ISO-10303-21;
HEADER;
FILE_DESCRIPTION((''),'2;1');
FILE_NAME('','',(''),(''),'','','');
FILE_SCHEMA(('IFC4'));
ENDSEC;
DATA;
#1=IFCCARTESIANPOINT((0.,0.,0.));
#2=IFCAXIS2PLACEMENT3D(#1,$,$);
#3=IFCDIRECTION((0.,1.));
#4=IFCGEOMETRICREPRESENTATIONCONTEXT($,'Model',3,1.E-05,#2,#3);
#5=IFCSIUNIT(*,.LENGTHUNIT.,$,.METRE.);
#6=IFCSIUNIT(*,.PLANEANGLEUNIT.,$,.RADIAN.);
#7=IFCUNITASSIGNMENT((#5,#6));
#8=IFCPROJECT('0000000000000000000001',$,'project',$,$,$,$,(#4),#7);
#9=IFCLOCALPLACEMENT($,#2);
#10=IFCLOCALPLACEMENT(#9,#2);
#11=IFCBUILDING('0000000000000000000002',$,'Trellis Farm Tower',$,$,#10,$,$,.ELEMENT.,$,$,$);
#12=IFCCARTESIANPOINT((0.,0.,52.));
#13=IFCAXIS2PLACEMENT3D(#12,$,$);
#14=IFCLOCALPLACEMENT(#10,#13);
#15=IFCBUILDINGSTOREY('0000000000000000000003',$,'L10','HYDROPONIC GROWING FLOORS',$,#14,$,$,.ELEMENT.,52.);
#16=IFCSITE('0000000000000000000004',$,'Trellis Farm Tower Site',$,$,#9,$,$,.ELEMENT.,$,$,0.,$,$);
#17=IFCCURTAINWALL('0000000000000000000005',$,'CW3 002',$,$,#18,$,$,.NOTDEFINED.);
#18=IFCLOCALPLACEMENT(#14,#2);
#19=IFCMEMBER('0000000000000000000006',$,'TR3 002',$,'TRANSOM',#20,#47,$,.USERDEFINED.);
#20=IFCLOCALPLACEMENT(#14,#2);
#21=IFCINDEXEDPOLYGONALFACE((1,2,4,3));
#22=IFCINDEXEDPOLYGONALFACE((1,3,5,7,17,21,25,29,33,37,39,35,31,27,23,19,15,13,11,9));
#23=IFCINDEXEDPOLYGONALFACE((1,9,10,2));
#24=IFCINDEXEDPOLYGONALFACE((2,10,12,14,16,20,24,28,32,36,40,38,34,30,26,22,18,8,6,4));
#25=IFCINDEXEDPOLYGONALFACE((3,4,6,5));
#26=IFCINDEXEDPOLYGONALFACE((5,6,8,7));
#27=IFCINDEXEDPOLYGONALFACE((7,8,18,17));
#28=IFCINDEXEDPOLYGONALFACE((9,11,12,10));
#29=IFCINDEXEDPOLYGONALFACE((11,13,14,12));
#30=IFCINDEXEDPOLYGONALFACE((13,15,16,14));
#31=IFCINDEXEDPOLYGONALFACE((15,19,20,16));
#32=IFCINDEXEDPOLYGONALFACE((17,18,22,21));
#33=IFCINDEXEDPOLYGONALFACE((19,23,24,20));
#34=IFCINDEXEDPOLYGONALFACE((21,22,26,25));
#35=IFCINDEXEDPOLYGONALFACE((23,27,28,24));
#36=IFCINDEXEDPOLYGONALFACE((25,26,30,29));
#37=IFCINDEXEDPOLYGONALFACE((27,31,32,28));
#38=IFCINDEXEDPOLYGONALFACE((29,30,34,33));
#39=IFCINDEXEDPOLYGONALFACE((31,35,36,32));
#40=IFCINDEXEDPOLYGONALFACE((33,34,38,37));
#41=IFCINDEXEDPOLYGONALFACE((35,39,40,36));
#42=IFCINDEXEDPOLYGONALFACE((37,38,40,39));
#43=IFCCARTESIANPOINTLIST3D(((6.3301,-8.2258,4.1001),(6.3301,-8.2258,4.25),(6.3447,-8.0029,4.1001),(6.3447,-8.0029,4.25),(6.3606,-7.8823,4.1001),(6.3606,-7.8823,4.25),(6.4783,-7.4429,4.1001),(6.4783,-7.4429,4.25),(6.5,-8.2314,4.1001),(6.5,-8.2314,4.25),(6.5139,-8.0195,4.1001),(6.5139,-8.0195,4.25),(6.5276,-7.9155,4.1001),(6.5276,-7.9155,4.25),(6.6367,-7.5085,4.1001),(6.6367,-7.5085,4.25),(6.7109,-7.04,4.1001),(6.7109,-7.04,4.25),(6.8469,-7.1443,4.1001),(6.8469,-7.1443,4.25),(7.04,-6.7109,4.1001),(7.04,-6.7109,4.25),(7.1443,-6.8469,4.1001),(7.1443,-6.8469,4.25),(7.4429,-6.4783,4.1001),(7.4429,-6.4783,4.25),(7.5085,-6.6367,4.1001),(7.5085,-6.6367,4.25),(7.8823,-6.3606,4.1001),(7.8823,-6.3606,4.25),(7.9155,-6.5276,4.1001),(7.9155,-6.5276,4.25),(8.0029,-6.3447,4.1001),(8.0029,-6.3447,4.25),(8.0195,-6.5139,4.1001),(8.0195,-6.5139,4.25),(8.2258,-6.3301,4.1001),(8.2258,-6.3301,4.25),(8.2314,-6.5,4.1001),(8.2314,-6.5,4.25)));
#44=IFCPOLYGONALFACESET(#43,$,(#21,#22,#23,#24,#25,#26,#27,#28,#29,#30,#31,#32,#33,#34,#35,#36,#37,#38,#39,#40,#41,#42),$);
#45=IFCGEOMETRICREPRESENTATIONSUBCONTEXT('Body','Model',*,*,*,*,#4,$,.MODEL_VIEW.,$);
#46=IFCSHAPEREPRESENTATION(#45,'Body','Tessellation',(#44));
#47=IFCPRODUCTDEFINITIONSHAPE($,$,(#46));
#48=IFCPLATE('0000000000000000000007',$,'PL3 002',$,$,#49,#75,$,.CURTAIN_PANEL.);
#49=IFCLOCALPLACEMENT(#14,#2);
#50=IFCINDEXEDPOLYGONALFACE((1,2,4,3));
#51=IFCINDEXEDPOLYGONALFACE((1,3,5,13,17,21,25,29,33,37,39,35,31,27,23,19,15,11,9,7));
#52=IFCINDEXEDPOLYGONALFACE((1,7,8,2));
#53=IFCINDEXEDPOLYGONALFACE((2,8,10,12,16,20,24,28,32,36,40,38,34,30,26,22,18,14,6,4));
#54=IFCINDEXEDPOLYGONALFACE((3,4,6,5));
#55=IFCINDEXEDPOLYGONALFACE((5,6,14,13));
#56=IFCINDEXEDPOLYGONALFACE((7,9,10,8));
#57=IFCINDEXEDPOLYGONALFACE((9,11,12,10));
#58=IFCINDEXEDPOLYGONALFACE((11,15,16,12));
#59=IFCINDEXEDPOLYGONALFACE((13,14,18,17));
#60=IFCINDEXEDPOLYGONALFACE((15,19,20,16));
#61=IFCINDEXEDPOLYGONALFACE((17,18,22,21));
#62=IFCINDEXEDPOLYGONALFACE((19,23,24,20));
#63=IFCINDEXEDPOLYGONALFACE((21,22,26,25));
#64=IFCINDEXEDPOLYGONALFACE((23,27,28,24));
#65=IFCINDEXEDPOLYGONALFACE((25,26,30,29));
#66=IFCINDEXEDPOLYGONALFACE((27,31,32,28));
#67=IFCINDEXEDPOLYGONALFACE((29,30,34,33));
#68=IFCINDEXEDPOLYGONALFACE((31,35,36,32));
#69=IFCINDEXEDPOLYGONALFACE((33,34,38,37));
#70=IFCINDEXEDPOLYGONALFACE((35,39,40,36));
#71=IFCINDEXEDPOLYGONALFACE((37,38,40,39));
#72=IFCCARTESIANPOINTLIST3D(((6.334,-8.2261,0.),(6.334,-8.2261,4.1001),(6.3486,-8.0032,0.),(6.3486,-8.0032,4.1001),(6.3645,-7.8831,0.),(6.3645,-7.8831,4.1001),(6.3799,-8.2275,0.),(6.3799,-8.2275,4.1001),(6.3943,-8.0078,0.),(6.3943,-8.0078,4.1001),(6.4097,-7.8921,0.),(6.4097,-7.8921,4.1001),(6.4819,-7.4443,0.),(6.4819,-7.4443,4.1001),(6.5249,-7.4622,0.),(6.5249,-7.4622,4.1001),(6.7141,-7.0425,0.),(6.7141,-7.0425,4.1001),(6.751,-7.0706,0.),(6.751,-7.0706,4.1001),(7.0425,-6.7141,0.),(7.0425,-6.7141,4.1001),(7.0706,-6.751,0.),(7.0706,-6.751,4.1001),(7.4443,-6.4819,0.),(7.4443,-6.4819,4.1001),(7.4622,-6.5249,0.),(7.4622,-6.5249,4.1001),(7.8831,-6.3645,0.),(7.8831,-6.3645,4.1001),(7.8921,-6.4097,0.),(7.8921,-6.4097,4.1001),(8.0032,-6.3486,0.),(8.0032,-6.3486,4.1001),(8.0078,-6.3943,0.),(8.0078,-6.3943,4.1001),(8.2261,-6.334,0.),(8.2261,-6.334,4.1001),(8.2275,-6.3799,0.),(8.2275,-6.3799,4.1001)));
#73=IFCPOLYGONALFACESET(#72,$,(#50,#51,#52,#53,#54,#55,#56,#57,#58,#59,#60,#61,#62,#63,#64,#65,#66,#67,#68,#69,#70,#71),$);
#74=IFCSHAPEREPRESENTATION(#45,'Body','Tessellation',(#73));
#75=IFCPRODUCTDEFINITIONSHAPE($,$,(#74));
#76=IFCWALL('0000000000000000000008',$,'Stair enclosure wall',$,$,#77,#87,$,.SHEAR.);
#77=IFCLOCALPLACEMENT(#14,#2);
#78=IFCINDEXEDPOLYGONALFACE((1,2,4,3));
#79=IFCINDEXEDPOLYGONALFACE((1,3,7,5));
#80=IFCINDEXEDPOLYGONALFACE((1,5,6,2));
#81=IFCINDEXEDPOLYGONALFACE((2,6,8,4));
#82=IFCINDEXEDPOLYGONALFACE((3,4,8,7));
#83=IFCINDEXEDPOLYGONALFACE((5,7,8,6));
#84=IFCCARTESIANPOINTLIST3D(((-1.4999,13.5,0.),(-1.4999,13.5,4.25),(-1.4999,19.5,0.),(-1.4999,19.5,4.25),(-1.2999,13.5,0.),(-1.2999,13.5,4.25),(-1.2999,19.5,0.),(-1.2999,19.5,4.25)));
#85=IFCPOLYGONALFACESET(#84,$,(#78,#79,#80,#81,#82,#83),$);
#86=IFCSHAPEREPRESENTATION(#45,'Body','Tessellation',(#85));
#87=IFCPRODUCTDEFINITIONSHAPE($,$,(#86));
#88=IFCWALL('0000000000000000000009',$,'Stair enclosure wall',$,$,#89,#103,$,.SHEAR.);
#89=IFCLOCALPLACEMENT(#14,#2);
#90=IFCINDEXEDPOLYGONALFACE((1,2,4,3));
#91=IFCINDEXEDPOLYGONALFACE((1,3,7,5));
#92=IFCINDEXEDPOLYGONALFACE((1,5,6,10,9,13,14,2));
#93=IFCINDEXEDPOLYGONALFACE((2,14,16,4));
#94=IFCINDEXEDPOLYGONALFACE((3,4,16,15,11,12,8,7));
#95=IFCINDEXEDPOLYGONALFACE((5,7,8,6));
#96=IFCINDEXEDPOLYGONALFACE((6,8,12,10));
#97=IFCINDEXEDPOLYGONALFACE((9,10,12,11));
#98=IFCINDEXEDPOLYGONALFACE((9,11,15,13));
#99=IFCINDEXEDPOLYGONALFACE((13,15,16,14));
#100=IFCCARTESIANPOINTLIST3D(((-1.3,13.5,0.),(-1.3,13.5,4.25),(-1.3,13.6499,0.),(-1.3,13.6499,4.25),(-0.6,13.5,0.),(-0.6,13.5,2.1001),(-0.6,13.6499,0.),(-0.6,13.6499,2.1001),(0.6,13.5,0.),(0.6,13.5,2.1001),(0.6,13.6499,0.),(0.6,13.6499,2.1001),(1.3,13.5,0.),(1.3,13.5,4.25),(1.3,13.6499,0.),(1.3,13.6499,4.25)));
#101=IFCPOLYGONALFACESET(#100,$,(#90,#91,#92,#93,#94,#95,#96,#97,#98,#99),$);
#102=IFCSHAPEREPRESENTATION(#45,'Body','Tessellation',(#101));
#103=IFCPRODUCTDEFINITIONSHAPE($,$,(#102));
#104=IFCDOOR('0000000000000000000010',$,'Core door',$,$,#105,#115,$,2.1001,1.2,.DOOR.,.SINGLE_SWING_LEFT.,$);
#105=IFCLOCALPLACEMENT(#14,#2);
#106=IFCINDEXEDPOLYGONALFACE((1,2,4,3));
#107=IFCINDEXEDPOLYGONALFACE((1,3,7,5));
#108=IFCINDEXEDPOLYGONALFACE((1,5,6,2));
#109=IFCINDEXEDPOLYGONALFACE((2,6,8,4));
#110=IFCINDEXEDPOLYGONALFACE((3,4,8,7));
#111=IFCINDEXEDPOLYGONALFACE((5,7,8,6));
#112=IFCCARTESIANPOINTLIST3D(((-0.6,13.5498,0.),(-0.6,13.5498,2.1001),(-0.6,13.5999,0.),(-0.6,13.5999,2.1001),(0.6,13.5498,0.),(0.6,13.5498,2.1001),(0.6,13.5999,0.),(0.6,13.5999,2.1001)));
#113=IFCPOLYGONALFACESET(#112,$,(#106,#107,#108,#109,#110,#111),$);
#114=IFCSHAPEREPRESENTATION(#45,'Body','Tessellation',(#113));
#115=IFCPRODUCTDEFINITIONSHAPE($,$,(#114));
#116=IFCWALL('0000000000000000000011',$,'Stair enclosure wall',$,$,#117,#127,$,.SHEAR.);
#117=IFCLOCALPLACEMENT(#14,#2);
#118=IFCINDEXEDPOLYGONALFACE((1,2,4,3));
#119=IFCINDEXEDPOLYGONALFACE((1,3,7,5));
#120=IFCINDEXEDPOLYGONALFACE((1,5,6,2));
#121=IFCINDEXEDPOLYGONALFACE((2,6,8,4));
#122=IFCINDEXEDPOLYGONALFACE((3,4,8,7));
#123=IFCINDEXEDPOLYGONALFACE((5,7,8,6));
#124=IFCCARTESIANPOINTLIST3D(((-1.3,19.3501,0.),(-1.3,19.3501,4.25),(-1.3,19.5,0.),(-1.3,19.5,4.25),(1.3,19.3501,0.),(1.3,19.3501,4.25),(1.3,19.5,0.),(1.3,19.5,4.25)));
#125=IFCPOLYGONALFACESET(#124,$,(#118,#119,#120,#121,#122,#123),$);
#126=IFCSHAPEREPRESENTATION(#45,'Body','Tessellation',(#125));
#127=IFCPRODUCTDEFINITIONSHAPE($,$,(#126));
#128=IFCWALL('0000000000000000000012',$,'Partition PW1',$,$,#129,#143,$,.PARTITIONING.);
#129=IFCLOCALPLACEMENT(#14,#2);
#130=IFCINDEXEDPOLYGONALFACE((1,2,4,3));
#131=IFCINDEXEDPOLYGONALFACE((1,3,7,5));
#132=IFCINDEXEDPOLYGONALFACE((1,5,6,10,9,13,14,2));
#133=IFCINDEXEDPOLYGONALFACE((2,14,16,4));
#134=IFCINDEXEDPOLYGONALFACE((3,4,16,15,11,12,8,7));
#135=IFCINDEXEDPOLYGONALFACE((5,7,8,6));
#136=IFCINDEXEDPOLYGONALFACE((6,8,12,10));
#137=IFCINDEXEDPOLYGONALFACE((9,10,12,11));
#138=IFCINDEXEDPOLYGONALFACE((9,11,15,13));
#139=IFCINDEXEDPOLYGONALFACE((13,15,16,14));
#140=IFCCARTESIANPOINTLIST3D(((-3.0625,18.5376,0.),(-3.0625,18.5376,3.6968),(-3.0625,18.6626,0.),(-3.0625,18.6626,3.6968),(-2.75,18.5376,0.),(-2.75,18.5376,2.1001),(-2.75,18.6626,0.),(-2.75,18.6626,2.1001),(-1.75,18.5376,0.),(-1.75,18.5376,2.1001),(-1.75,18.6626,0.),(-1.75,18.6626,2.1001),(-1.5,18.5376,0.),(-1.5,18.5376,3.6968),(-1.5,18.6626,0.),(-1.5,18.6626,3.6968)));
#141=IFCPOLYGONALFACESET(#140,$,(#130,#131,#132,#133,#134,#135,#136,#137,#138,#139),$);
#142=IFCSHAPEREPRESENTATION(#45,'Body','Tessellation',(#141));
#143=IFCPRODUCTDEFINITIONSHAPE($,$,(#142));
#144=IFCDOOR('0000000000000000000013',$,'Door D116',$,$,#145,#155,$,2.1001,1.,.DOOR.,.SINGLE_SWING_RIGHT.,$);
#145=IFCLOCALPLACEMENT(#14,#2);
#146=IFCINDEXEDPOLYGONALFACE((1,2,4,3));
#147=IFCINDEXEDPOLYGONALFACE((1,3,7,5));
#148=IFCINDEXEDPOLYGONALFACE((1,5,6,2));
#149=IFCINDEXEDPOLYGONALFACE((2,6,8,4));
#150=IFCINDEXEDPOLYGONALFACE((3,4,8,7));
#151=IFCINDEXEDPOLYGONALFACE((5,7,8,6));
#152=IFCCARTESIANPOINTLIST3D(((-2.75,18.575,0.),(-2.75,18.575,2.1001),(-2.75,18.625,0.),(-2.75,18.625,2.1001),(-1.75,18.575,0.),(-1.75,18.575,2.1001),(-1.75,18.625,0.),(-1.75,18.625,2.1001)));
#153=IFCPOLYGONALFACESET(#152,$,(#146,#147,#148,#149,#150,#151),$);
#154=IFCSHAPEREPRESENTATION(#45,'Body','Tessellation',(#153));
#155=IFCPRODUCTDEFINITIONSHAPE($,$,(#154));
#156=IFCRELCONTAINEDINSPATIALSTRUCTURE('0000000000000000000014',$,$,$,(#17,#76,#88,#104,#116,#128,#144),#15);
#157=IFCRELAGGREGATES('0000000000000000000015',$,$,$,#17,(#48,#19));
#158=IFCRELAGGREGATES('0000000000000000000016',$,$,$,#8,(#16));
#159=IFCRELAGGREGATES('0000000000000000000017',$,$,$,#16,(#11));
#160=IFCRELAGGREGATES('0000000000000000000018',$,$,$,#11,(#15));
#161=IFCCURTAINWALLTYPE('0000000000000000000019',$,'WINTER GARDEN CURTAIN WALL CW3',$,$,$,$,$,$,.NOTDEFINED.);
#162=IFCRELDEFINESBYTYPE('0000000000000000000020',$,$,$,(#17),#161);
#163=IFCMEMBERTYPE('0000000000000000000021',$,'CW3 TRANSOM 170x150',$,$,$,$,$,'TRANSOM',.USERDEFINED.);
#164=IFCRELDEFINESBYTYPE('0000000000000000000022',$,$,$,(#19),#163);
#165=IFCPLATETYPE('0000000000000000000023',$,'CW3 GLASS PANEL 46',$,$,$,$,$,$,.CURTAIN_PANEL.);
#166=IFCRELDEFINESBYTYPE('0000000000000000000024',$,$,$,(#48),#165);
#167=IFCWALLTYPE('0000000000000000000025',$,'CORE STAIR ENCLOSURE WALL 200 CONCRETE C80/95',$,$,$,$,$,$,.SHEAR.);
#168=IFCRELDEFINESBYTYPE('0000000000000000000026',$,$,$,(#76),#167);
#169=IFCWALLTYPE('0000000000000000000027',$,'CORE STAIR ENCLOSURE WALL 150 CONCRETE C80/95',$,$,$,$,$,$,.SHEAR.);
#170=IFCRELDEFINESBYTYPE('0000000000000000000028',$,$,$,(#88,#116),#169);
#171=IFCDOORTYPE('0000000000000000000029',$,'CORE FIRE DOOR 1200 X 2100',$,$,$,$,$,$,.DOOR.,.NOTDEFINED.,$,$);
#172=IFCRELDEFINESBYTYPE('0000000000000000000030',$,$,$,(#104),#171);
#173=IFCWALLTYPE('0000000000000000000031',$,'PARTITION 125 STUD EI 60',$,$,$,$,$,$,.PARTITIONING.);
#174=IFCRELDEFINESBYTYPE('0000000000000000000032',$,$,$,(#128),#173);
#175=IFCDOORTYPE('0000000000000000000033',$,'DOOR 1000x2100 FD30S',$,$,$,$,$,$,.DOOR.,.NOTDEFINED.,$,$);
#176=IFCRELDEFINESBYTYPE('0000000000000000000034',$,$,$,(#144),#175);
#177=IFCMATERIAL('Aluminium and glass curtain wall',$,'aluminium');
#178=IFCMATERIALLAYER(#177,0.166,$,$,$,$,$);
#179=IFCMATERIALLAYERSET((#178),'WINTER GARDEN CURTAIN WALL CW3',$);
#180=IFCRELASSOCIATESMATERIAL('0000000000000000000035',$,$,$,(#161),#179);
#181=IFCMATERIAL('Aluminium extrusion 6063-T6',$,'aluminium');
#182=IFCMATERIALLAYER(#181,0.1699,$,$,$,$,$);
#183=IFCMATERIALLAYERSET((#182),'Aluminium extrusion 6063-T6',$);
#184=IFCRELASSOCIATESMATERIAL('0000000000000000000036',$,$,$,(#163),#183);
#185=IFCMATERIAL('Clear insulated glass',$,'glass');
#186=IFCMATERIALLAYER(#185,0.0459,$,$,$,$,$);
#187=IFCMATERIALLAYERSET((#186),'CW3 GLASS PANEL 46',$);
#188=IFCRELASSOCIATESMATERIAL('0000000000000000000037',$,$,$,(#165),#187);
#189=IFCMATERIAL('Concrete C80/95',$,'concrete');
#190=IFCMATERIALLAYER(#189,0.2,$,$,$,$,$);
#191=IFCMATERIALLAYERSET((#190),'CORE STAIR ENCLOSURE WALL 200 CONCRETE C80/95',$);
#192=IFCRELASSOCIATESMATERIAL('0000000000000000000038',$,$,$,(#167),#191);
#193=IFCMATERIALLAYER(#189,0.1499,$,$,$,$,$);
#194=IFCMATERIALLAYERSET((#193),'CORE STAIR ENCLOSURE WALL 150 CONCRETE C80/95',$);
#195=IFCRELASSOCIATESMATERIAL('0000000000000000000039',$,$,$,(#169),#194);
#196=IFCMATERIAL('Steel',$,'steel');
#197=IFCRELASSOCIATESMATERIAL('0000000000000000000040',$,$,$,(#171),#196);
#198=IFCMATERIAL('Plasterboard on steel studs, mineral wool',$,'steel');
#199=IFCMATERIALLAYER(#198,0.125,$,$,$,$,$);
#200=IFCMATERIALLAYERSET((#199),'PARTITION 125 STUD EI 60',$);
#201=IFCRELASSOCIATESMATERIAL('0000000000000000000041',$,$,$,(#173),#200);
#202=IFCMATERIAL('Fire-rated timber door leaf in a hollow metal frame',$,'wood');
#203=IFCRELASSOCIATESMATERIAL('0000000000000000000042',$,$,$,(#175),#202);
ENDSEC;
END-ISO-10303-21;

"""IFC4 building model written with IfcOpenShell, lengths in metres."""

from ifc_helpers import new_model, si_unit, direction, frame, frame_2d, origin, place, context, subcontext, project, spatial, polyline, rectangle, outline, extrude, source, transform, mapped, material, layer, layer_set, type_object, element, fill, aggregate, save


model = new_model("IFC4")

# Units and contexts
model_context = context("Model", 3, precision=1e-05, world=origin(), true_north=direction((0.0, 1.0)))
body_context = subcontext(model_context, "Body", "Model", "MODEL_VIEW")
ifc_project = project(units=[si_unit("LENGTHUNIT", "METRE"), si_unit("PLANEANGLEUNIT", "RADIAN")], contexts=[model_context])

# Site, building, storey
site_placement = place(None, origin())
site = spatial("IfcSite", under=ifc_project, at=site_placement, Name="Trellis Farm Tower Site", CompositionType="ELEMENT", RefElevation=0.0)
building_placement = place(site_placement, origin())
building = spatial("IfcBuilding", under=site, at=building_placement, Name="Trellis Farm Tower", CompositionType="ELEMENT")
storey_placement = place(building_placement, frame((0.0, 0.0, 52.0)))
storey = spatial("IfcBuildingStorey", under=building, at=storey_placement, Name="L10", Description="HYDROPONIC GROWING FLOORS", CompositionType="ELEMENT", Elevation=52.0)

# Shared definitions
ifc_material_1 = material(Name="Concrete C80/95", Category="concrete")

# Shared definitions
ifc_material_2 = material(Name="Aluminium and glass curtain wall", Category="aluminium")
placement = place(storey_placement, origin())
ifc_material_3 = material(Name="Aluminium extrusion 6063-T6", Category="aluminium")

# Curtain wall, member, plate
ifc_layer_1 = layer(ifc_material_2, 0.166)
ifc_layer_set_1 = layer_set([ifc_layer_1], Name="WINTER GARDEN CURTAIN WALL CW3")
curtain_wall_type_1 = type_object("IfcCurtainWallType", Name="WINTER GARDEN CURTAIN WALL CW3", PredefinedType="NOTDEFINED", material=ifc_layer_set_1)
curtain_wall_1 = element("IfcCurtainWall", 1, at=placement, inside=storey, type_object=curtain_wall_type_1, Name="CW3 002", PredefinedType="NOTDEFINED")
ifc_layer_2 = layer(ifc_material_3, 0.1699)
ifc_layer_set_2 = layer_set([ifc_layer_2], Name="Aluminium extrusion 6063-T6")
member_type_1 = type_object("IfcMemberType", Name="CW3 TRANSOM 170x150", ElementType="TRANSOM", PredefinedType="USERDEFINED", material=ifc_layer_set_2)
shared_shape_1 = source(origin(), body_context, "Body", "SweptSolid", [
    extrude(outline(polyline([(6.5, -8.2314), (6.5139, -8.0195), (6.5276, -7.9155), (6.6367, -7.5085), (6.8469, -7.1443), (7.1443, -6.8469), (7.5085, -6.6367), (7.9155, -6.5276), (8.0195, -6.5139), (8.2314, -6.5), (8.2258, -6.3301), (8.0029, -6.3447), (7.8823, -6.3606), (7.4429, -6.4783), (7.04, -6.7109), (6.7109, -7.04), (6.4783, -7.4429), (6.3606, -7.8823), (6.3447, -8.0029), (6.3301, -8.2258), (6.5, -8.2314)])), origin(), (0.0, 0.0, 1.0), 0.1499),
])
member_1_placement = place(storey_placement, frame((0.0, 0.0, 4.1001)))
member_1 = element("IfcMember", 2, at=member_1_placement, type_object=member_type_1, Name="TR3 002", ObjectType="TRANSOM", PredefinedType="USERDEFINED", context=body_context, shape_type="MappedRepresentation", body=[
    mapped(shared_shape_1, transform((0.0, 0.0, 0.0))),
])
ifc_material_4 = material(Name="Clear insulated glass", Category="glass")
ifc_layer_3 = layer(ifc_material_4, 0.0459)
ifc_layer_set_3 = layer_set([ifc_layer_3], Name="CW3 GLASS PANEL 46")
plate_type = type_object("IfcPlateType", Name="CW3 GLASS PANEL 46", PredefinedType="CURTAIN_PANEL", material=ifc_layer_set_3)
shared_shape_2 = source(origin(), body_context, "Body", "SweptSolid", [
    extrude(outline(polyline([(6.3799, -8.2275), (6.3943, -8.0078), (6.4097, -7.8921), (6.5249, -7.4622), (6.751, -7.0706), (7.0706, -6.751), (7.4622, -6.5249), (7.8921, -6.4097), (8.0078, -6.3943), (8.2275, -6.3799), (8.2261, -6.334), (8.0032, -6.3486), (7.8831, -6.3645), (7.4443, -6.4819), (7.0425, -6.7141), (6.7141, -7.0425), (6.4819, -7.4443), (6.3645, -7.8831), (6.3486, -8.0032), (6.334, -8.2261), (6.3799, -8.2275)])), origin(), (0.0, 0.0, 1.0), 4.1001),
])
plate = element("IfcPlate", 3, at=placement, type_object=plate_type, Name="PL3 002", PredefinedType="CURTAIN_PANEL", context=body_context, shape_type="MappedRepresentation", body=[
    mapped(shared_shape_2, transform((0.0, 0.0, 0.0))),
])
aggregate(curtain_wall_1, [plate, member_1])

# Wall
ifc_layer_4 = layer(ifc_material_1, 0.2)
ifc_layer_set_4 = layer_set([ifc_layer_4], Name="CORE STAIR ENCLOSURE WALL 200 CONCRETE C80/95")
wall_type_1 = type_object("IfcWallType", Name="CORE STAIR ENCLOSURE WALL 200 CONCRETE C80/95", PredefinedType="SHEAR", material=ifc_layer_set_4)
shared_shape_3 = source(origin(), body_context, "Body", "SweptSolid", [
    extrude(rectangle(XDim=6.0, YDim=0.2, at=frame_2d((3.0, 0.0))), origin(), (0.0, 0.0, 1.0), 4.25),
])
wall_1_placement = place(storey_placement, frame((-1.3999, 13.5, 0.0), z_axis=(0.0, 0.0, 1.0), x_axis=(0.0, 1.0, 0.0)))
element("IfcWall", 4, at=wall_1_placement, inside=storey, type_object=wall_type_1, Name="Stair enclosure wall", PredefinedType="SHEAR", context=body_context, shape_type="MappedRepresentation", body=[
    mapped(shared_shape_3, transform((0.0, 0.0, 0.0))),
])

# Wall, opening, door
ifc_layer_5 = layer(ifc_material_1, 0.1499)
ifc_layer_set_5 = layer_set([ifc_layer_5], Name="CORE STAIR ENCLOSURE WALL 150 CONCRETE C80/95")
wall_type_2 = type_object("IfcWallType", Name="CORE STAIR ENCLOSURE WALL 150 CONCRETE C80/95", PredefinedType="SHEAR", material=ifc_layer_set_5)
shared_shape_4 = source(origin(), body_context, "Body", "SweptSolid", [
    extrude(rectangle(XDim=2.6001, YDim=0.1499, at=frame_2d((1.3, 0.0))), origin(), (0.0, 0.0, 1.0), 4.25),
])
wall_2_placement = place(storey_placement, frame((-1.3, 13.575, 0.0), z_axis=(0.0, 0.0, 1.0), x_axis=(1.0, 0.0, 0.0)))
wall_2 = element("IfcWall", 5, at=wall_2_placement, inside=storey, type_object=wall_type_2, Name="Stair enclosure wall", PredefinedType="SHEAR", context=body_context, shape_type="MappedRepresentation", body=[
    mapped(shared_shape_4, transform((0.0, 0.0, 0.0))),
])
shared_shape_5 = source(origin(), body_context, "Body", "SweptSolid", [
    extrude(rectangle(XDim=1.2, YDim=2.1001, at=frame_2d((0.6001, 1.05))), frame((0.0, 0.085, 0.0), z_axis=(0.0, -1.0, 0.0), x_axis=(1.0, 0.0, 0.0)), (0.0, 0.0, 1.0), 0.1699),
])
opening_1_placement = place(wall_2_placement, frame((0.7, 0.0, 0.0)))
opening_1 = element("IfcOpeningElement", 6, at=opening_1_placement, cuts=wall_2, PredefinedType="OPENING", context=body_context, shape_type="MappedRepresentation", body=[
    mapped(shared_shape_5, transform((0.0, 0.0, 0.0))),
])
ifc_material_5 = material(Name="Steel", Category="steel")
door_type_1 = type_object("IfcDoorType", Name="CORE FIRE DOOR 1200 X 2100", OperationType="NOTDEFINED", PredefinedType="DOOR", material=ifc_material_5)
shared_shape_6 = source(origin(), body_context, "Body", "SweptSolid", [
    extrude(rectangle(XDim=1.2, YDim=2.1001, at=frame_2d((0.6001, 1.05))), frame((0.0, 0.0249, 0.0), z_axis=(0.0, -1.0, 0.0), x_axis=(1.0, 0.0, 0.0)), (0.0, 0.0, 1.0), 0.05),
])
door_1_placement = place(opening_1_placement, origin())
door_1 = element("IfcDoor", 7, at=door_1_placement, inside=storey, type_object=door_type_1, Name="Core door", OperationType="SINGLE_SWING_LEFT", OverallHeight=2.1001, OverallWidth=1.2, PredefinedType="DOOR", context=body_context, shape_type="MappedRepresentation", body=[
    mapped(shared_shape_6, transform((0.0, 0.0, 0.0))),
])
fill(opening_1, door_1)

# Wall
wall_3_placement = place(storey_placement, frame((-1.3, 19.425, 0.0), z_axis=(0.0, 0.0, 1.0), x_axis=(1.0, 0.0, 0.0)))
element("IfcWall", 8, at=wall_3_placement, inside=storey, type_object=wall_type_2, Name="Stair enclosure wall", PredefinedType="SHEAR", context=body_context, shape_type="MappedRepresentation", body=[
    mapped(shared_shape_4, transform((0.0, 0.0, 0.0))),
])

# Wall, opening, door
ifc_material_6 = material(Name="Plasterboard on steel studs, mineral wool", Category="steel")
ifc_layer_6 = layer(ifc_material_6, 0.125)
ifc_layer_set_6 = layer_set([ifc_layer_6], Name="PARTITION 125 STUD EI 60")
wall_type_3 = type_object("IfcWallType", Name="PARTITION 125 STUD EI 60", PredefinedType="PARTITIONING", material=ifc_layer_set_6)
shared_shape_7 = source(origin(), body_context, "Body", "SweptSolid", [
    extrude(rectangle(XDim=1.5625, YDim=0.125, at=frame_2d((0.7812, 0.0))), origin(), (0.0, 0.0, 1.0), 3.6968),
])
wall_4_placement = place(storey_placement, frame((-3.0625, 18.6001, 0.0), z_axis=(0.0, 0.0, 1.0), x_axis=(1.0, 0.0, 0.0)))
wall_4 = element("IfcWall", 9, at=wall_4_placement, inside=storey, type_object=wall_type_3, Name="Partition PW1", PredefinedType="PARTITIONING", context=body_context, shape_type="MappedRepresentation", body=[
    mapped(shared_shape_7, transform((0.0, 0.0, 0.0))),
])
shared_shape_8 = source(origin(), body_context, "Body", "SweptSolid", [
    extrude(rectangle(XDim=1.0, YDim=2.1001, at=frame_2d((0.5, 1.05))), frame((0.0, 0.0725, 0.0), z_axis=(0.0, -1.0, 0.0), x_axis=(1.0, 0.0, 0.0)), (0.0, 0.0, 1.0), 0.145),
])
opening_2_placement = place(wall_4_placement, frame((0.3125, 0.0, 0.0)))
opening_2 = element("IfcOpeningElement", 10, at=opening_2_placement, cuts=wall_4, PredefinedType="OPENING", context=body_context, shape_type="MappedRepresentation", body=[
    mapped(shared_shape_8, transform((0.0, 0.0, 0.0))),
])
ifc_material_7 = material(Name="Fire-rated timber door leaf in a hollow metal frame", Category="wood")
door_type_2 = type_object("IfcDoorType", Name="DOOR 1000x2100 FD30S", OperationType="NOTDEFINED", PredefinedType="DOOR", material=ifc_material_7)
shared_shape_9 = source(origin(), body_context, "Body", "SweptSolid", [
    extrude(rectangle(XDim=1.0, YDim=2.1001, at=frame_2d((0.5, 1.05))), frame((0.0, 0.0249, 0.0), z_axis=(0.0, -1.0, 0.0), x_axis=(1.0, 0.0, 0.0)), (0.0, 0.0, 1.0), 0.05),
])
door_2_placement = place(opening_2_placement, origin())
door_2 = element("IfcDoor", 11, at=door_2_placement, inside=storey, type_object=door_type_2, Name="Door D116", OperationType="SINGLE_SWING_RIGHT", OverallHeight=2.1001, OverallWidth=1.0, PredefinedType="DOOR", context=body_context, shape_type="MappedRepresentation", body=[
    mapped(shared_shape_9, transform((0.0, 0.0, 0.0))),
])
fill(opening_2, door_2)

save(model, "model.ifc")
